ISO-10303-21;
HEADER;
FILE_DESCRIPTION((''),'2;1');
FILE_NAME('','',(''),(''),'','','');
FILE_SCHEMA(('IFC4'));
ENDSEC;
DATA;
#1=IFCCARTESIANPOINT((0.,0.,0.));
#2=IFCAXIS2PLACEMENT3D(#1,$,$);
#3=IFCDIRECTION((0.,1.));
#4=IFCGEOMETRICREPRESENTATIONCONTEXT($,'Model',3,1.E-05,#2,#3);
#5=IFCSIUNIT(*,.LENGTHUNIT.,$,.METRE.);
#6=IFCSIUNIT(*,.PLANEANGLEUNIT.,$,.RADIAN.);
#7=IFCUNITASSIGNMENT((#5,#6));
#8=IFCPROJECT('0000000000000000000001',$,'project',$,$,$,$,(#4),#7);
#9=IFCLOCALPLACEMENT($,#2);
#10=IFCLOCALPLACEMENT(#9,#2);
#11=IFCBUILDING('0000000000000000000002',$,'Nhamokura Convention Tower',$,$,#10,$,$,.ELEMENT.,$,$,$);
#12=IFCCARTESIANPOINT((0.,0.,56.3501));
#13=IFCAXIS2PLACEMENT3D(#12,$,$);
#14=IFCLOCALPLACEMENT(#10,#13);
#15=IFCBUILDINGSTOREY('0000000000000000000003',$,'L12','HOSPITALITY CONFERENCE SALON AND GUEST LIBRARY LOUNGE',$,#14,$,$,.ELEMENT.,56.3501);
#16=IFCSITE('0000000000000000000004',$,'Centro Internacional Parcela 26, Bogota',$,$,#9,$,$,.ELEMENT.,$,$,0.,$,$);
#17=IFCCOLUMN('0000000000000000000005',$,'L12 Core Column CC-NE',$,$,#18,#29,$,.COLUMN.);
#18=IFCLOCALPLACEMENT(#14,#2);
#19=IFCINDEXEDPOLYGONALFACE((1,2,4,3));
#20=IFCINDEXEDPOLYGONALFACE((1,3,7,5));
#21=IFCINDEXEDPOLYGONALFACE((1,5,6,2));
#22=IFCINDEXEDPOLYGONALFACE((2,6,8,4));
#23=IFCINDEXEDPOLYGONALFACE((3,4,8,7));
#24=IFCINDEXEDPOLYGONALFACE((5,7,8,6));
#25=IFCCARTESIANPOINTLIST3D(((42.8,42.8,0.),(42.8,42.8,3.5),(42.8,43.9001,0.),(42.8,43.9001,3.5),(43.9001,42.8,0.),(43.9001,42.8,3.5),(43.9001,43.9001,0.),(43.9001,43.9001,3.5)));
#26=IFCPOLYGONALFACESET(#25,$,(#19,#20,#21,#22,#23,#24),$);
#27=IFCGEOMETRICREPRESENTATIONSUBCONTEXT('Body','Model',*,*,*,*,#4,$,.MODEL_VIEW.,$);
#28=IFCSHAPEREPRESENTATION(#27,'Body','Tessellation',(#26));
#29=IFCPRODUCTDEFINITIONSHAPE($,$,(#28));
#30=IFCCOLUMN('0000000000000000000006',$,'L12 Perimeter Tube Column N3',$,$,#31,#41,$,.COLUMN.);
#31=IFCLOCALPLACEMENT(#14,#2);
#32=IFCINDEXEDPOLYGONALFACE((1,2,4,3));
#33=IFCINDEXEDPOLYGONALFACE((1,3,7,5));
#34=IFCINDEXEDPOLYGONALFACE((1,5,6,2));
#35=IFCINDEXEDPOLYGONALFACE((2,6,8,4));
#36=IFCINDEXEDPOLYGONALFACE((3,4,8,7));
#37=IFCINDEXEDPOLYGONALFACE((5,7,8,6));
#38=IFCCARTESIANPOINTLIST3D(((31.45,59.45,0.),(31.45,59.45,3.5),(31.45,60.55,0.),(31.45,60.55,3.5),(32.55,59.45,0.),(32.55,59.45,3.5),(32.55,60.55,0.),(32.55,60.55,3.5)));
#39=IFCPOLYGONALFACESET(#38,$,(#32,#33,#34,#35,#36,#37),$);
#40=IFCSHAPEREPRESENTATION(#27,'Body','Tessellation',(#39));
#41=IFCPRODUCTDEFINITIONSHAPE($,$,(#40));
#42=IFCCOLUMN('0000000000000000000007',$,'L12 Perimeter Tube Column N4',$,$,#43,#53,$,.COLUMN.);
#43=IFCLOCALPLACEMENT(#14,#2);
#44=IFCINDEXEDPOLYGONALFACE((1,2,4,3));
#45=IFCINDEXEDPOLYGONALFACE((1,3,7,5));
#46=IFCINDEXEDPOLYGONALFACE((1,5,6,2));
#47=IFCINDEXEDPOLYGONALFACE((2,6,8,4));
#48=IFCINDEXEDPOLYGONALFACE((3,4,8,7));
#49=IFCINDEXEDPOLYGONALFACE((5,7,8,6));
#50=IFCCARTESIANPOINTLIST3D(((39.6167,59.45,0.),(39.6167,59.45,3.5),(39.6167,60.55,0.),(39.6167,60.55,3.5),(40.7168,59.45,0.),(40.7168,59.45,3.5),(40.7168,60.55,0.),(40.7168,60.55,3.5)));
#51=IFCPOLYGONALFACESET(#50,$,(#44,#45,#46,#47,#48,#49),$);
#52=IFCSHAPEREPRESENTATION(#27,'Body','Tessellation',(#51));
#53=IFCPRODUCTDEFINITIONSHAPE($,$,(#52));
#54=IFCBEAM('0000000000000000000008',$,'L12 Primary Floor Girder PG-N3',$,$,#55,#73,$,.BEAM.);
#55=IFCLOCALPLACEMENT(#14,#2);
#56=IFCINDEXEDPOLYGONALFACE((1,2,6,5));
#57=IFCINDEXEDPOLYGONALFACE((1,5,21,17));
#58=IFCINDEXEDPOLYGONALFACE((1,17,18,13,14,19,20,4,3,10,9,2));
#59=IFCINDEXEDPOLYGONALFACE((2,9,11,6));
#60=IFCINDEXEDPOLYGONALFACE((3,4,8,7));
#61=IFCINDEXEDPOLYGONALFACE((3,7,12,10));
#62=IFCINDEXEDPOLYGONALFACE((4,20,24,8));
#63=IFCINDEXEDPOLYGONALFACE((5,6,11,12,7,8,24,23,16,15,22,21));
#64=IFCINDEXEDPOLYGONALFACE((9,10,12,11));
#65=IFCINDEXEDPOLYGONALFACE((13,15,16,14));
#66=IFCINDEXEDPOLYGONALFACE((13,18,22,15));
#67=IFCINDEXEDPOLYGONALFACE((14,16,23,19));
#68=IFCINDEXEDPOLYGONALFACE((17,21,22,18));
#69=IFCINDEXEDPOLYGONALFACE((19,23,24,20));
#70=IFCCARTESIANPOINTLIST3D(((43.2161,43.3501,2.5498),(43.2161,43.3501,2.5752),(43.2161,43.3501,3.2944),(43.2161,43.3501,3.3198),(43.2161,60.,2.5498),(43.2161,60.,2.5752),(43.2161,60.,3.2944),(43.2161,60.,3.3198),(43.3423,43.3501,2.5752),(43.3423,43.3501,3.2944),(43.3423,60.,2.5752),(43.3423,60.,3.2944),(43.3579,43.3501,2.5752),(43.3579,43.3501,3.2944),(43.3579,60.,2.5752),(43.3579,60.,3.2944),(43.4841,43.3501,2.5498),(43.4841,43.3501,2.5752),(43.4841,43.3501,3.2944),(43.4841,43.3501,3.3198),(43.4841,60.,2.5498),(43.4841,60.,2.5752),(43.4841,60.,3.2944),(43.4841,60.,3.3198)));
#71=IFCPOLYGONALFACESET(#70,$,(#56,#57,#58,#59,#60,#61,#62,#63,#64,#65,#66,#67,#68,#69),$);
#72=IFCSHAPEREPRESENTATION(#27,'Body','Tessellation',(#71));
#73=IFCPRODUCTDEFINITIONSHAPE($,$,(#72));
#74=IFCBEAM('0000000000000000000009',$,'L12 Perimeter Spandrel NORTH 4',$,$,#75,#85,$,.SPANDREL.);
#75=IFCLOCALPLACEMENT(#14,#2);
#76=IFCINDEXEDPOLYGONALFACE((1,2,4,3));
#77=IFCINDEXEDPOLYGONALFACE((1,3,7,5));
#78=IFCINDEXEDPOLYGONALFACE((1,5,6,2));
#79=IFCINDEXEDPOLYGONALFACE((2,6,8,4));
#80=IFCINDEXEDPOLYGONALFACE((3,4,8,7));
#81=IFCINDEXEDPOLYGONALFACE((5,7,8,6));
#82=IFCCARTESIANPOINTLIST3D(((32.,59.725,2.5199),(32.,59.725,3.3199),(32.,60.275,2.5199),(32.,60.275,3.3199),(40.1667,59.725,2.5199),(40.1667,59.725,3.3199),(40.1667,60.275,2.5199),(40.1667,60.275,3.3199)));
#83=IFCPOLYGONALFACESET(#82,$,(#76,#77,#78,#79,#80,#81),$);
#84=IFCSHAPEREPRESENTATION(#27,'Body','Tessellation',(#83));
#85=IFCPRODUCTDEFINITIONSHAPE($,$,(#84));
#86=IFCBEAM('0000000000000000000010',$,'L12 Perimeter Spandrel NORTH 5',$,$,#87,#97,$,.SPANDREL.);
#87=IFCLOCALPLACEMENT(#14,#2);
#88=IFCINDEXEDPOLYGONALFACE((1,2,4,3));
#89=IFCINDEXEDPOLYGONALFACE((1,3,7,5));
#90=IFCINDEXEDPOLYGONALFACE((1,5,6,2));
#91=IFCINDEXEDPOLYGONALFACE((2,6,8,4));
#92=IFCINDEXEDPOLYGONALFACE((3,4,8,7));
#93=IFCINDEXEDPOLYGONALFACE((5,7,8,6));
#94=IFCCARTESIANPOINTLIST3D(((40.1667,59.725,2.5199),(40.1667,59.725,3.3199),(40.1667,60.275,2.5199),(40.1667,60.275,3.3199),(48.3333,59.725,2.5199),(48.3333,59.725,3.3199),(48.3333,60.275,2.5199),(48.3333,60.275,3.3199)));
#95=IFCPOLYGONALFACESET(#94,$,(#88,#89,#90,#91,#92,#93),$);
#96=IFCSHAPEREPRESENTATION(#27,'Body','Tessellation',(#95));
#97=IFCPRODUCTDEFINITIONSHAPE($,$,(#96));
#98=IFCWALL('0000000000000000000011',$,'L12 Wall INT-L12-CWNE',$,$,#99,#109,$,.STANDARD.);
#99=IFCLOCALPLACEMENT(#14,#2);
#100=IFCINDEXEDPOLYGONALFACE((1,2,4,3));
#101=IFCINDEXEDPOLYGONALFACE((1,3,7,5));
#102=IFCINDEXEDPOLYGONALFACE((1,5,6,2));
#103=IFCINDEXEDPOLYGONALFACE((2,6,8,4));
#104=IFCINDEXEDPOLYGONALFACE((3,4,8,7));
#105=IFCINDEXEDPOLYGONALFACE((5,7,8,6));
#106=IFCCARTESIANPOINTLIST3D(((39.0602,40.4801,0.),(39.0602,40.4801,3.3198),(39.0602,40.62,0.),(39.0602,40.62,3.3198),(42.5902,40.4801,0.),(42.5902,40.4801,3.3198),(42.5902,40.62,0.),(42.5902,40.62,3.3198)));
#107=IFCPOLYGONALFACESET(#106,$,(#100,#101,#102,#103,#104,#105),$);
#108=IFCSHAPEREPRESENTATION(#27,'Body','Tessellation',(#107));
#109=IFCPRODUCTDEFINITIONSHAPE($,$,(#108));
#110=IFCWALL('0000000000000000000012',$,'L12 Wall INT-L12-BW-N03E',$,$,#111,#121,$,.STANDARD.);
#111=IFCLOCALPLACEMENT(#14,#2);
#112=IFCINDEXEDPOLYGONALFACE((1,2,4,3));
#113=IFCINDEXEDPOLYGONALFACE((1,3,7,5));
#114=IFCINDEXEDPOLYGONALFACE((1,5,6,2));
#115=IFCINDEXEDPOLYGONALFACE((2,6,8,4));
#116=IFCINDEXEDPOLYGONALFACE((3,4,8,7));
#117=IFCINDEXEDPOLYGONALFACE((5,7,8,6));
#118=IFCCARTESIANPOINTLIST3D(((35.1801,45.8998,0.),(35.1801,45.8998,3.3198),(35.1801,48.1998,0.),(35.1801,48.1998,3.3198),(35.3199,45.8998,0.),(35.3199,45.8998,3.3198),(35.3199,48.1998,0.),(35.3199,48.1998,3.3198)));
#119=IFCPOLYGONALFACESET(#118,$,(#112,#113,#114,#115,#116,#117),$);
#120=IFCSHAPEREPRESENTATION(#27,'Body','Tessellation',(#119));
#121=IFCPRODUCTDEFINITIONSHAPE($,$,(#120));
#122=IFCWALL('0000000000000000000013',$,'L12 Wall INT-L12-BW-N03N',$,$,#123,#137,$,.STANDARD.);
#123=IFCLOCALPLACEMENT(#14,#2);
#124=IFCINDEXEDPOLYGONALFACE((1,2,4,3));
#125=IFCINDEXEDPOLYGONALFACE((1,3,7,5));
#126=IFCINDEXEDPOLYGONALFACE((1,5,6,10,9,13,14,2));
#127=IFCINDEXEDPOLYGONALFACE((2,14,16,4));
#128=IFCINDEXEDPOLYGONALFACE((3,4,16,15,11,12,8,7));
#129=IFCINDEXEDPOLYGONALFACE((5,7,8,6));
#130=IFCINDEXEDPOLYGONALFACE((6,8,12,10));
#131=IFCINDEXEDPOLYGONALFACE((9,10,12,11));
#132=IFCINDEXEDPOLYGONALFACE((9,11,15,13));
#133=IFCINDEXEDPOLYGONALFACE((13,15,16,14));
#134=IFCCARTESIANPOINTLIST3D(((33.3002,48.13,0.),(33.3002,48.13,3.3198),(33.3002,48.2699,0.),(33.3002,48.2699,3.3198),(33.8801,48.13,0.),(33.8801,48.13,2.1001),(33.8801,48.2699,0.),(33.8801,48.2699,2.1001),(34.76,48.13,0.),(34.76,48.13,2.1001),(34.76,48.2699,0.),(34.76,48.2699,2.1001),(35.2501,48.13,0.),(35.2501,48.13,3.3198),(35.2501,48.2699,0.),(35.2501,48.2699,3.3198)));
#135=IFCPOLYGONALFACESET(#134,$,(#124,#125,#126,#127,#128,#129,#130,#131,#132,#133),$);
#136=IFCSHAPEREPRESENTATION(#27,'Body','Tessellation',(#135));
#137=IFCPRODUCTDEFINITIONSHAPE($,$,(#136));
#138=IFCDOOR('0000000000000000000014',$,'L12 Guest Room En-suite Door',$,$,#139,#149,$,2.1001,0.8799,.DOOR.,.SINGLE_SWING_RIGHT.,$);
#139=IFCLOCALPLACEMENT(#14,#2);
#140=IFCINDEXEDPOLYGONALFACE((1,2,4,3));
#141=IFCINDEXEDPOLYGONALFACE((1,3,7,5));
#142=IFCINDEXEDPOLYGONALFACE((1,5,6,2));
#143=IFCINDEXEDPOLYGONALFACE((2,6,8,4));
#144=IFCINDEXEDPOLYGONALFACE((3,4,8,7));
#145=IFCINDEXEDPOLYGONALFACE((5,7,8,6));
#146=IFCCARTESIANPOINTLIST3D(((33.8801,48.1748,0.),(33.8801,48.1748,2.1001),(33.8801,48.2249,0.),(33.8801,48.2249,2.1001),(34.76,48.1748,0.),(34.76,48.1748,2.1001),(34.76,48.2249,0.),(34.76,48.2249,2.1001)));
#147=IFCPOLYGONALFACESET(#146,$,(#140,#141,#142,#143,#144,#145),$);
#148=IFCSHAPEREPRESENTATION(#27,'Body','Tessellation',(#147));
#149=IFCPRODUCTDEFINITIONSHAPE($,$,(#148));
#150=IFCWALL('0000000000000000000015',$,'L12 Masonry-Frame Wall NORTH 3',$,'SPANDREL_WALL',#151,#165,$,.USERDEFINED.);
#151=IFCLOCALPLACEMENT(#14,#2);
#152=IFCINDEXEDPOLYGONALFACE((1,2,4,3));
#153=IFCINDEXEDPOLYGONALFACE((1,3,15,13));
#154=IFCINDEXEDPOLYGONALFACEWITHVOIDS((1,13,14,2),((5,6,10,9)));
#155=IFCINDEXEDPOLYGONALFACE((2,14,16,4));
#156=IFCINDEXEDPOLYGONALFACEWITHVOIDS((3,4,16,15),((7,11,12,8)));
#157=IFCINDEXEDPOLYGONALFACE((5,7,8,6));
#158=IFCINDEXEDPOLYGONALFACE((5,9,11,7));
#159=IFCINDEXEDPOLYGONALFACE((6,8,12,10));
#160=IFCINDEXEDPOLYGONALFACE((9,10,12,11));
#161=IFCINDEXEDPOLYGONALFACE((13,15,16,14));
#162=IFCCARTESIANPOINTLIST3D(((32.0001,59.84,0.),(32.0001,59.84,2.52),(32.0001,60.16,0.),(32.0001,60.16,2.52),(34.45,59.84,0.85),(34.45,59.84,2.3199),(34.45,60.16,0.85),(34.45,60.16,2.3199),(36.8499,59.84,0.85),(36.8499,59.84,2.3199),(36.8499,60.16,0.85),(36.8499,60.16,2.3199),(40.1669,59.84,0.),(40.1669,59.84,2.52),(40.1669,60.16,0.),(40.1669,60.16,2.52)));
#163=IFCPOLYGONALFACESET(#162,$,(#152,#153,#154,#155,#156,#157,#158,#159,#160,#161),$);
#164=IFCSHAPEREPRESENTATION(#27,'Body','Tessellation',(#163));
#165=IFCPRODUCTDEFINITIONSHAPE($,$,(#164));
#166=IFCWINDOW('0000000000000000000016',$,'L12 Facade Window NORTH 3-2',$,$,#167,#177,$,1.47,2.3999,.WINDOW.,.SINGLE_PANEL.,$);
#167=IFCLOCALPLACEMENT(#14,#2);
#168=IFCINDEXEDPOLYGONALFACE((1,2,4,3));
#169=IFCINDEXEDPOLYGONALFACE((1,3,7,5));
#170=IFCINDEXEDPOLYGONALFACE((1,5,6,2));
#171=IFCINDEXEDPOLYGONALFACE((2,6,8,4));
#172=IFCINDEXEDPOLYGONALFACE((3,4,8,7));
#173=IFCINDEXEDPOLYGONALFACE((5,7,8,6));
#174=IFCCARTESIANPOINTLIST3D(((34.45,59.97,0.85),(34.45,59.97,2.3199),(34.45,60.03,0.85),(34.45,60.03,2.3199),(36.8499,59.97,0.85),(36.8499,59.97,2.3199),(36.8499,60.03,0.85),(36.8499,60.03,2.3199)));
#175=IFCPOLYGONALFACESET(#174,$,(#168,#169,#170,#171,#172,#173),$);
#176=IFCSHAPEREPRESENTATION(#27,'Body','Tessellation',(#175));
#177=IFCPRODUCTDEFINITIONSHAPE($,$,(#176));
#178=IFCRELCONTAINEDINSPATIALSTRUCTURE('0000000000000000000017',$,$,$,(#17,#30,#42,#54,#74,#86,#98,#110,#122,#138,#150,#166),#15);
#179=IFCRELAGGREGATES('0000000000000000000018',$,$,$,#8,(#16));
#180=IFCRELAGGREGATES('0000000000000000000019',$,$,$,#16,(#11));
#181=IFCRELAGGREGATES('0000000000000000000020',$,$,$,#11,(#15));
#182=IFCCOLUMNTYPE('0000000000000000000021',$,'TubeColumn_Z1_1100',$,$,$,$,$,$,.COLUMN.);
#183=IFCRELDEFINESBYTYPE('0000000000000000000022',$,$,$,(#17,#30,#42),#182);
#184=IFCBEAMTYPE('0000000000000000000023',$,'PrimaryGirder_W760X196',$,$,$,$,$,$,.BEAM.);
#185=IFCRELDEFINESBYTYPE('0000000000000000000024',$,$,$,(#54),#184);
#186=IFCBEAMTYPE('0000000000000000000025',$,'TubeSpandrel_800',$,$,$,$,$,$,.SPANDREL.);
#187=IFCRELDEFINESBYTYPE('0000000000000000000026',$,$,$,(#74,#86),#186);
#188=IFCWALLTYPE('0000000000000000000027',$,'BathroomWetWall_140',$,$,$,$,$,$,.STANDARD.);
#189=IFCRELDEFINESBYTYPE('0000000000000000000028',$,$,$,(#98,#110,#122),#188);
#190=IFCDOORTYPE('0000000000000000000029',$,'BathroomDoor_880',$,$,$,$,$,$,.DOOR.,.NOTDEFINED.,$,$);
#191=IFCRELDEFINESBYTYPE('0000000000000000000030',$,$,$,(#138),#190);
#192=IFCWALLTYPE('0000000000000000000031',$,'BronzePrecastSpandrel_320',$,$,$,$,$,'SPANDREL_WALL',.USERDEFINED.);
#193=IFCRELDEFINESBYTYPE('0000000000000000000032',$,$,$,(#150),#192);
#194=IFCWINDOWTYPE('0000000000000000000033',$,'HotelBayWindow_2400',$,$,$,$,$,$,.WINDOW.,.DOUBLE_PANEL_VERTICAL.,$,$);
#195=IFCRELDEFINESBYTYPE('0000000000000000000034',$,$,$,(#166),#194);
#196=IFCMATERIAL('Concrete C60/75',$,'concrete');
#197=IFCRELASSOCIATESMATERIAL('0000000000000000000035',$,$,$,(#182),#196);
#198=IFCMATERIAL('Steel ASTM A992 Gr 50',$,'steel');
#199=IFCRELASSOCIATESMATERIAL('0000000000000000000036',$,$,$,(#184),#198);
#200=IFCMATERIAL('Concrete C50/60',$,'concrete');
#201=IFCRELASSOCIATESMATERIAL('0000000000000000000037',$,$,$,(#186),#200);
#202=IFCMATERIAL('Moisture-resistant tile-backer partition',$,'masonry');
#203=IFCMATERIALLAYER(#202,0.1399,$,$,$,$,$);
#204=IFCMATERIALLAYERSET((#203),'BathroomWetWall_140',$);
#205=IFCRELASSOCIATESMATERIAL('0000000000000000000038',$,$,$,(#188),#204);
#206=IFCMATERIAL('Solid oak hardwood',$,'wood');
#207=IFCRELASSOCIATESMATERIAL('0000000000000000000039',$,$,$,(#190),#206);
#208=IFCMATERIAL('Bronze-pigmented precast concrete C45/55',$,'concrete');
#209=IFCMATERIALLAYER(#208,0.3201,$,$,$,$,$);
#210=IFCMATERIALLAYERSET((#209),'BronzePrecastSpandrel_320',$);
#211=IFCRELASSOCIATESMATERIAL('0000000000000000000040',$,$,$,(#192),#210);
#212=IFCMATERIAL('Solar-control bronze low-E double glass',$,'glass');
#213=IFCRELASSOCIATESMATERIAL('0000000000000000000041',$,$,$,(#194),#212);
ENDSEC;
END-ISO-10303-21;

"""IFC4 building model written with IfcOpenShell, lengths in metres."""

from ifc_helpers import new_model, si_unit, direction, frame, frame_2d, origin, origin_2d, place, context, subcontext, project, spatial, rectangle, i_section, extrude, material, layer, layer_set, material_profile, profile_set, type_object, element, fill, save


model = new_model("IFC4")

# Units and contexts
model_context = context("Model", 3, precision=1e-05, world=origin(), true_north=direction((0.0, 1.0)))
body_context = subcontext(model_context, "Body", "Model", "MODEL_VIEW")
ifc_project = project(units=[si_unit("LENGTHUNIT", "METRE"), si_unit("PLANEANGLEUNIT", "RADIAN")], contexts=[model_context])

# Site, building, storey
site_placement = place(None, origin())
site = spatial("IfcSite", under=ifc_project, at=site_placement, Name="Centro Internacional Parcela 26, Bogota", CompositionType="ELEMENT", RefElevation=0.0)
building_placement = place(site_placement, origin())
building = spatial("IfcBuilding", under=site, at=building_placement, Name="Nhamokura Convention Tower", CompositionType="ELEMENT")
storey_placement = place(building_placement, frame((0.0, 0.0, 56.3501)))
storey = spatial("IfcBuildingStorey", under=building, at=storey_placement, Name="L12", Description="HOSPITALITY CONFERENCE SALON AND GUEST LIBRARY LOUNGE", CompositionType="ELEMENT", Elevation=56.3501)

# Columns
ifc_material_1 = material(Name="Concrete C60/75", Category="concrete")
ifc_material_profile_1 = material_profile(ifc_material_1, rectangle(XDim=1.1001, YDim=1.1001, at=origin_2d()))
ifc_profile_set_1 = profile_set([ifc_material_profile_1], Name="Concrete C60/75")
column_type = type_object("IfcColumnType", Name="TubeColumn_Z1_1100", PredefinedType="COLUMN", material=ifc_profile_set_1)
for number, where, z_axis, x_axis, name in (
    (1, (43.3501, 43.3501, 0.0), (0.0, 0.0, 1.0), (1.0, 0.0, 0.0), "L12 Core Column CC-NE"),
    (2, (32.0, 60.0, 0.0), (0.0, 0.0, 1.0), (1.0, 0.0, 0.0), "L12 Perimeter Tube Column N3"),
    (3, (40.1667, 60.0, 0.0), (0.0, 0.0, 1.0), (1.0, 0.0, 0.0), "L12 Perimeter Tube Column N4"),
):
    element("IfcColumn", number, at=place(storey_placement, frame(where, z_axis=z_axis, x_axis=x_axis)), inside=storey, type_object=column_type, Name=name, PredefinedType="COLUMN", context=body_context, shape_type="SweptSolid", body=[
        extrude(rectangle(XDim=1.1001, YDim=1.1001, at=origin_2d()), origin(), (0.0, 0.0, 1.0), 3.5),
    ])

# Beams
ifc_material_2 = material(Name="Steel ASTM A992 Gr 50", Category="steel")
ifc_material_profile_2 = material_profile(ifc_material_2, i_section(OverallWidth=0.2681, OverallDepth=0.77, WebThickness=0.0156, FlangeThickness=0.0254, at=origin_2d()))
ifc_profile_set_2 = profile_set([ifc_material_profile_2], Name="Steel ASTM A992 Gr 50")
beam_type_1 = type_object("IfcBeamType", Name="PrimaryGirder_W760X196", PredefinedType="BEAM", material=ifc_profile_set_2)
beam_1_placement = place(storey_placement, frame((43.3501, 43.3501, 2.9348), z_axis=(0.0, 1.0, 0.0), x_axis=(-1.0, 0.0, 0.0)))
element("IfcBeam", 4, at=beam_1_placement, inside=storey, type_object=beam_type_1, Name="L12 Primary Floor Girder PG-N3", PredefinedType="BEAM", context=body_context, shape_type="SweptSolid", body=[
    extrude(i_section(OverallWidth=0.2681, OverallDepth=0.77, WebThickness=0.0156, FlangeThickness=0.0254, at=origin_2d()), origin(), (0.0, 0.0, 1.0), 16.6499),
])
ifc_material_3 = material(Name="Concrete C50/60", Category="concrete")
ifc_material_profile_3 = material_profile(ifc_material_3, rectangle(XDim=0.55, YDim=0.8, at=origin_2d()))
ifc_profile_set_3 = profile_set([ifc_material_profile_3], Name="Concrete C50/60")
beam_type_2 = type_object("IfcBeamType", Name="TubeSpandrel_800", PredefinedType="SPANDREL", material=ifc_profile_set_3)
beam_2_placement = place(storey_placement, frame((32.0, 60.0, 2.9199), z_axis=(1.0, 0.0, 0.0), x_axis=(0.0, 1.0, 0.0)))
element("IfcBeam", 5, at=beam_2_placement, inside=storey, type_object=beam_type_2, Name="L12 Perimeter Spandrel NORTH 4", PredefinedType="SPANDREL", context=body_context, shape_type="SweptSolid", body=[
    extrude(rectangle(XDim=0.55, YDim=0.8, at=origin_2d()), origin(), (0.0, 0.0, 1.0), 8.1667),
])
beam_3_placement = place(storey_placement, frame((40.1667, 60.0, 2.9199), z_axis=(1.0, 0.0, 0.0), x_axis=(0.0, 1.0, 0.0)))
element("IfcBeam", 6, at=beam_3_placement, inside=storey, type_object=beam_type_2, Name="L12 Perimeter Spandrel NORTH 5", PredefinedType="SPANDREL", context=body_context, shape_type="SweptSolid", body=[
    extrude(rectangle(XDim=0.55, YDim=0.8, at=origin_2d()), origin(), (0.0, 0.0, 1.0), 8.1665),
])

# Walls
ifc_material_4 = material(Name="Moisture-resistant tile-backer partition", Category="masonry")
ifc_layer_1 = layer(ifc_material_4, 0.1399)
ifc_layer_set_1 = layer_set([ifc_layer_1], Name="BathroomWetWall_140")
wall_type_1 = type_object("IfcWallType", Name="BathroomWetWall_140", PredefinedType="STANDARD", material=ifc_layer_set_1)
wall_1_placement = place(storey_placement, frame((39.0601, 40.55, 0.0), z_axis=(0.0, 0.0, 1.0), x_axis=(1.0, 0.0, 0.0)))
element("IfcWall", 7, at=wall_1_placement, inside=storey, type_object=wall_type_1, Name="L12 Wall INT-L12-CWNE", PredefinedType="STANDARD", context=body_context, shape_type="SweptSolid", body=[
    extrude(rectangle(XDim=3.53, YDim=0.1399, at=frame_2d((1.7651, 0.0))), origin(), (0.0, 0.0, 1.0), 3.3198),
])
wall_2_placement = place(storey_placement, frame((35.25, 45.8999, 0.0), z_axis=(0.0, 0.0, 1.0), x_axis=(0.0, 1.0, 0.0)))
element("IfcWall", 8, at=wall_2_placement, inside=storey, type_object=wall_type_1, Name="L12 Wall INT-L12-BW-N03E", PredefinedType="STANDARD", context=body_context, shape_type="SweptSolid", body=[
    extrude(rectangle(XDim=2.3, YDim=0.1399, at=frame_2d((1.1499, 0.0))), origin(), (0.0, 0.0, 1.0), 3.3198),
])

# Wall, opening, door
wall_3_placement = place(storey_placement, frame((33.3, 48.2, 0.0), z_axis=(0.0, 0.0, 1.0), x_axis=(1.0, 0.0, 0.0)))
wall_3 = element("IfcWall", 9, at=wall_3_placement, inside=storey, type_object=wall_type_1, Name="L12 Wall INT-L12-BW-N03N", PredefinedType="STANDARD", context=body_context, shape_type="SweptSolid", body=[
    extrude(rectangle(XDim=1.95, YDim=0.1399, at=frame_2d((0.9751, 0.0))), origin(), (0.0, 0.0, 1.0), 3.3198),
])
opening_1_placement = place(wall_3_placement, frame((0.5801, 0.0, 0.0)))
opening_1 = element("IfcOpeningElement", 10, at=opening_1_placement, cuts=wall_3, PredefinedType="OPENING", context=body_context, shape_type="SweptSolid", body=[
    extrude(rectangle(XDim=0.8799, YDim=2.1001, at=frame_2d((0.4399, 1.05))), frame((0.0, 0.0798, 0.0), z_axis=(0.0, -1.0, 0.0), x_axis=(1.0, 0.0, 0.0)), (0.0, 0.0, 1.0), 0.1599),
])
ifc_material_5 = material(Name="Solid oak hardwood", Category="wood")
door_type_1 = type_object("IfcDoorType", Name="BathroomDoor_880", OperationType="NOTDEFINED", PredefinedType="DOOR", material=ifc_material_5)
door_1_placement = place(opening_1_placement, origin())
door_1 = element("IfcDoor", 11, at=door_1_placement, inside=storey, type_object=door_type_1, Name="L12 Guest Room En-suite Door", OperationType="SINGLE_SWING_RIGHT", OverallHeight=2.1001, OverallWidth=0.8799, PredefinedType="DOOR", context=body_context, shape_type="SweptSolid", body=[
    extrude(rectangle(XDim=0.8799, YDim=2.1001, at=frame_2d((0.4399, 1.05))), frame((0.0, 0.0249, 0.0), z_axis=(0.0, -1.0, 0.0), x_axis=(1.0, 0.0, 0.0)), (0.0, 0.0, 1.0), 0.05),
])
fill(opening_1, door_1)

# Wall, opening, window
ifc_material_6 = material(Name="Bronze-pigmented precast concrete C45/55", Category="concrete")
ifc_layer_2 = layer(ifc_material_6, 0.3201)
ifc_layer_set_2 = layer_set([ifc_layer_2], Name="BronzePrecastSpandrel_320")
wall_type_2 = type_object("IfcWallType", Name="BronzePrecastSpandrel_320", ElementType="SPANDREL_WALL", PredefinedType="USERDEFINED", material=ifc_layer_set_2)
wall_4_placement = place(storey_placement, frame((32.0, 60.0, 0.0), z_axis=(0.0, 0.0, 1.0), x_axis=(1.0, 0.0, 0.0)))
wall_4 = element("IfcWall", 12, at=wall_4_placement, inside=storey, type_object=wall_type_2, Name="L12 Masonry-Frame Wall NORTH 3", ObjectType="SPANDREL_WALL", PredefinedType="USERDEFINED", context=body_context, shape_type="SweptSolid", body=[
    extrude(rectangle(XDim=8.1667, YDim=0.3201, at=frame_2d((4.0835, 0.0))), origin(), (0.0, 0.0, 1.0), 2.52),
])
opening_2_placement = place(wall_4_placement, frame((2.45, 0.0, 0.8501)))
opening_2 = element("IfcOpeningElement", 13, at=opening_2_placement, cuts=wall_4, PredefinedType="OPENING", context=body_context, shape_type="SweptSolid", body=[
    extrude(rectangle(XDim=2.3999, YDim=1.47, at=frame_2d((1.2, 0.7349))), frame((0.0, 0.1699, 0.0), z_axis=(0.0, -1.0, 0.0), x_axis=(1.0, 0.0, 0.0)), (0.0, 0.0, 1.0), 0.3401),
])
ifc_material_7 = material(Name="Solar-control bronze low-E double glass", Category="glass")
window_type_1 = type_object("IfcWindowType", Name="HotelBayWindow_2400", PartitioningType="DOUBLE_PANEL_VERTICAL", PredefinedType="WINDOW", material=ifc_material_7)
window_1_placement = place(opening_2_placement, origin())
window_1 = element("IfcWindow", 14, at=window_1_placement, inside=storey, type_object=window_type_1, Name="L12 Facade Window NORTH 3-2", OverallHeight=1.47, OverallWidth=2.3999, PartitioningType="SINGLE_PANEL", PredefinedType="WINDOW", context=body_context, shape_type="SweptSolid", body=[
    extrude(rectangle(XDim=2.3999, YDim=1.47, at=frame_2d((1.2, 0.7349))), frame((0.0, 0.03, 0.0), z_axis=(0.0, -1.0, 0.0), x_axis=(1.0, 0.0, 0.0)), (0.0, 0.0, 1.0), 0.0601),
])
fill(opening_2, window_1)

save(model, "model.ifc")
